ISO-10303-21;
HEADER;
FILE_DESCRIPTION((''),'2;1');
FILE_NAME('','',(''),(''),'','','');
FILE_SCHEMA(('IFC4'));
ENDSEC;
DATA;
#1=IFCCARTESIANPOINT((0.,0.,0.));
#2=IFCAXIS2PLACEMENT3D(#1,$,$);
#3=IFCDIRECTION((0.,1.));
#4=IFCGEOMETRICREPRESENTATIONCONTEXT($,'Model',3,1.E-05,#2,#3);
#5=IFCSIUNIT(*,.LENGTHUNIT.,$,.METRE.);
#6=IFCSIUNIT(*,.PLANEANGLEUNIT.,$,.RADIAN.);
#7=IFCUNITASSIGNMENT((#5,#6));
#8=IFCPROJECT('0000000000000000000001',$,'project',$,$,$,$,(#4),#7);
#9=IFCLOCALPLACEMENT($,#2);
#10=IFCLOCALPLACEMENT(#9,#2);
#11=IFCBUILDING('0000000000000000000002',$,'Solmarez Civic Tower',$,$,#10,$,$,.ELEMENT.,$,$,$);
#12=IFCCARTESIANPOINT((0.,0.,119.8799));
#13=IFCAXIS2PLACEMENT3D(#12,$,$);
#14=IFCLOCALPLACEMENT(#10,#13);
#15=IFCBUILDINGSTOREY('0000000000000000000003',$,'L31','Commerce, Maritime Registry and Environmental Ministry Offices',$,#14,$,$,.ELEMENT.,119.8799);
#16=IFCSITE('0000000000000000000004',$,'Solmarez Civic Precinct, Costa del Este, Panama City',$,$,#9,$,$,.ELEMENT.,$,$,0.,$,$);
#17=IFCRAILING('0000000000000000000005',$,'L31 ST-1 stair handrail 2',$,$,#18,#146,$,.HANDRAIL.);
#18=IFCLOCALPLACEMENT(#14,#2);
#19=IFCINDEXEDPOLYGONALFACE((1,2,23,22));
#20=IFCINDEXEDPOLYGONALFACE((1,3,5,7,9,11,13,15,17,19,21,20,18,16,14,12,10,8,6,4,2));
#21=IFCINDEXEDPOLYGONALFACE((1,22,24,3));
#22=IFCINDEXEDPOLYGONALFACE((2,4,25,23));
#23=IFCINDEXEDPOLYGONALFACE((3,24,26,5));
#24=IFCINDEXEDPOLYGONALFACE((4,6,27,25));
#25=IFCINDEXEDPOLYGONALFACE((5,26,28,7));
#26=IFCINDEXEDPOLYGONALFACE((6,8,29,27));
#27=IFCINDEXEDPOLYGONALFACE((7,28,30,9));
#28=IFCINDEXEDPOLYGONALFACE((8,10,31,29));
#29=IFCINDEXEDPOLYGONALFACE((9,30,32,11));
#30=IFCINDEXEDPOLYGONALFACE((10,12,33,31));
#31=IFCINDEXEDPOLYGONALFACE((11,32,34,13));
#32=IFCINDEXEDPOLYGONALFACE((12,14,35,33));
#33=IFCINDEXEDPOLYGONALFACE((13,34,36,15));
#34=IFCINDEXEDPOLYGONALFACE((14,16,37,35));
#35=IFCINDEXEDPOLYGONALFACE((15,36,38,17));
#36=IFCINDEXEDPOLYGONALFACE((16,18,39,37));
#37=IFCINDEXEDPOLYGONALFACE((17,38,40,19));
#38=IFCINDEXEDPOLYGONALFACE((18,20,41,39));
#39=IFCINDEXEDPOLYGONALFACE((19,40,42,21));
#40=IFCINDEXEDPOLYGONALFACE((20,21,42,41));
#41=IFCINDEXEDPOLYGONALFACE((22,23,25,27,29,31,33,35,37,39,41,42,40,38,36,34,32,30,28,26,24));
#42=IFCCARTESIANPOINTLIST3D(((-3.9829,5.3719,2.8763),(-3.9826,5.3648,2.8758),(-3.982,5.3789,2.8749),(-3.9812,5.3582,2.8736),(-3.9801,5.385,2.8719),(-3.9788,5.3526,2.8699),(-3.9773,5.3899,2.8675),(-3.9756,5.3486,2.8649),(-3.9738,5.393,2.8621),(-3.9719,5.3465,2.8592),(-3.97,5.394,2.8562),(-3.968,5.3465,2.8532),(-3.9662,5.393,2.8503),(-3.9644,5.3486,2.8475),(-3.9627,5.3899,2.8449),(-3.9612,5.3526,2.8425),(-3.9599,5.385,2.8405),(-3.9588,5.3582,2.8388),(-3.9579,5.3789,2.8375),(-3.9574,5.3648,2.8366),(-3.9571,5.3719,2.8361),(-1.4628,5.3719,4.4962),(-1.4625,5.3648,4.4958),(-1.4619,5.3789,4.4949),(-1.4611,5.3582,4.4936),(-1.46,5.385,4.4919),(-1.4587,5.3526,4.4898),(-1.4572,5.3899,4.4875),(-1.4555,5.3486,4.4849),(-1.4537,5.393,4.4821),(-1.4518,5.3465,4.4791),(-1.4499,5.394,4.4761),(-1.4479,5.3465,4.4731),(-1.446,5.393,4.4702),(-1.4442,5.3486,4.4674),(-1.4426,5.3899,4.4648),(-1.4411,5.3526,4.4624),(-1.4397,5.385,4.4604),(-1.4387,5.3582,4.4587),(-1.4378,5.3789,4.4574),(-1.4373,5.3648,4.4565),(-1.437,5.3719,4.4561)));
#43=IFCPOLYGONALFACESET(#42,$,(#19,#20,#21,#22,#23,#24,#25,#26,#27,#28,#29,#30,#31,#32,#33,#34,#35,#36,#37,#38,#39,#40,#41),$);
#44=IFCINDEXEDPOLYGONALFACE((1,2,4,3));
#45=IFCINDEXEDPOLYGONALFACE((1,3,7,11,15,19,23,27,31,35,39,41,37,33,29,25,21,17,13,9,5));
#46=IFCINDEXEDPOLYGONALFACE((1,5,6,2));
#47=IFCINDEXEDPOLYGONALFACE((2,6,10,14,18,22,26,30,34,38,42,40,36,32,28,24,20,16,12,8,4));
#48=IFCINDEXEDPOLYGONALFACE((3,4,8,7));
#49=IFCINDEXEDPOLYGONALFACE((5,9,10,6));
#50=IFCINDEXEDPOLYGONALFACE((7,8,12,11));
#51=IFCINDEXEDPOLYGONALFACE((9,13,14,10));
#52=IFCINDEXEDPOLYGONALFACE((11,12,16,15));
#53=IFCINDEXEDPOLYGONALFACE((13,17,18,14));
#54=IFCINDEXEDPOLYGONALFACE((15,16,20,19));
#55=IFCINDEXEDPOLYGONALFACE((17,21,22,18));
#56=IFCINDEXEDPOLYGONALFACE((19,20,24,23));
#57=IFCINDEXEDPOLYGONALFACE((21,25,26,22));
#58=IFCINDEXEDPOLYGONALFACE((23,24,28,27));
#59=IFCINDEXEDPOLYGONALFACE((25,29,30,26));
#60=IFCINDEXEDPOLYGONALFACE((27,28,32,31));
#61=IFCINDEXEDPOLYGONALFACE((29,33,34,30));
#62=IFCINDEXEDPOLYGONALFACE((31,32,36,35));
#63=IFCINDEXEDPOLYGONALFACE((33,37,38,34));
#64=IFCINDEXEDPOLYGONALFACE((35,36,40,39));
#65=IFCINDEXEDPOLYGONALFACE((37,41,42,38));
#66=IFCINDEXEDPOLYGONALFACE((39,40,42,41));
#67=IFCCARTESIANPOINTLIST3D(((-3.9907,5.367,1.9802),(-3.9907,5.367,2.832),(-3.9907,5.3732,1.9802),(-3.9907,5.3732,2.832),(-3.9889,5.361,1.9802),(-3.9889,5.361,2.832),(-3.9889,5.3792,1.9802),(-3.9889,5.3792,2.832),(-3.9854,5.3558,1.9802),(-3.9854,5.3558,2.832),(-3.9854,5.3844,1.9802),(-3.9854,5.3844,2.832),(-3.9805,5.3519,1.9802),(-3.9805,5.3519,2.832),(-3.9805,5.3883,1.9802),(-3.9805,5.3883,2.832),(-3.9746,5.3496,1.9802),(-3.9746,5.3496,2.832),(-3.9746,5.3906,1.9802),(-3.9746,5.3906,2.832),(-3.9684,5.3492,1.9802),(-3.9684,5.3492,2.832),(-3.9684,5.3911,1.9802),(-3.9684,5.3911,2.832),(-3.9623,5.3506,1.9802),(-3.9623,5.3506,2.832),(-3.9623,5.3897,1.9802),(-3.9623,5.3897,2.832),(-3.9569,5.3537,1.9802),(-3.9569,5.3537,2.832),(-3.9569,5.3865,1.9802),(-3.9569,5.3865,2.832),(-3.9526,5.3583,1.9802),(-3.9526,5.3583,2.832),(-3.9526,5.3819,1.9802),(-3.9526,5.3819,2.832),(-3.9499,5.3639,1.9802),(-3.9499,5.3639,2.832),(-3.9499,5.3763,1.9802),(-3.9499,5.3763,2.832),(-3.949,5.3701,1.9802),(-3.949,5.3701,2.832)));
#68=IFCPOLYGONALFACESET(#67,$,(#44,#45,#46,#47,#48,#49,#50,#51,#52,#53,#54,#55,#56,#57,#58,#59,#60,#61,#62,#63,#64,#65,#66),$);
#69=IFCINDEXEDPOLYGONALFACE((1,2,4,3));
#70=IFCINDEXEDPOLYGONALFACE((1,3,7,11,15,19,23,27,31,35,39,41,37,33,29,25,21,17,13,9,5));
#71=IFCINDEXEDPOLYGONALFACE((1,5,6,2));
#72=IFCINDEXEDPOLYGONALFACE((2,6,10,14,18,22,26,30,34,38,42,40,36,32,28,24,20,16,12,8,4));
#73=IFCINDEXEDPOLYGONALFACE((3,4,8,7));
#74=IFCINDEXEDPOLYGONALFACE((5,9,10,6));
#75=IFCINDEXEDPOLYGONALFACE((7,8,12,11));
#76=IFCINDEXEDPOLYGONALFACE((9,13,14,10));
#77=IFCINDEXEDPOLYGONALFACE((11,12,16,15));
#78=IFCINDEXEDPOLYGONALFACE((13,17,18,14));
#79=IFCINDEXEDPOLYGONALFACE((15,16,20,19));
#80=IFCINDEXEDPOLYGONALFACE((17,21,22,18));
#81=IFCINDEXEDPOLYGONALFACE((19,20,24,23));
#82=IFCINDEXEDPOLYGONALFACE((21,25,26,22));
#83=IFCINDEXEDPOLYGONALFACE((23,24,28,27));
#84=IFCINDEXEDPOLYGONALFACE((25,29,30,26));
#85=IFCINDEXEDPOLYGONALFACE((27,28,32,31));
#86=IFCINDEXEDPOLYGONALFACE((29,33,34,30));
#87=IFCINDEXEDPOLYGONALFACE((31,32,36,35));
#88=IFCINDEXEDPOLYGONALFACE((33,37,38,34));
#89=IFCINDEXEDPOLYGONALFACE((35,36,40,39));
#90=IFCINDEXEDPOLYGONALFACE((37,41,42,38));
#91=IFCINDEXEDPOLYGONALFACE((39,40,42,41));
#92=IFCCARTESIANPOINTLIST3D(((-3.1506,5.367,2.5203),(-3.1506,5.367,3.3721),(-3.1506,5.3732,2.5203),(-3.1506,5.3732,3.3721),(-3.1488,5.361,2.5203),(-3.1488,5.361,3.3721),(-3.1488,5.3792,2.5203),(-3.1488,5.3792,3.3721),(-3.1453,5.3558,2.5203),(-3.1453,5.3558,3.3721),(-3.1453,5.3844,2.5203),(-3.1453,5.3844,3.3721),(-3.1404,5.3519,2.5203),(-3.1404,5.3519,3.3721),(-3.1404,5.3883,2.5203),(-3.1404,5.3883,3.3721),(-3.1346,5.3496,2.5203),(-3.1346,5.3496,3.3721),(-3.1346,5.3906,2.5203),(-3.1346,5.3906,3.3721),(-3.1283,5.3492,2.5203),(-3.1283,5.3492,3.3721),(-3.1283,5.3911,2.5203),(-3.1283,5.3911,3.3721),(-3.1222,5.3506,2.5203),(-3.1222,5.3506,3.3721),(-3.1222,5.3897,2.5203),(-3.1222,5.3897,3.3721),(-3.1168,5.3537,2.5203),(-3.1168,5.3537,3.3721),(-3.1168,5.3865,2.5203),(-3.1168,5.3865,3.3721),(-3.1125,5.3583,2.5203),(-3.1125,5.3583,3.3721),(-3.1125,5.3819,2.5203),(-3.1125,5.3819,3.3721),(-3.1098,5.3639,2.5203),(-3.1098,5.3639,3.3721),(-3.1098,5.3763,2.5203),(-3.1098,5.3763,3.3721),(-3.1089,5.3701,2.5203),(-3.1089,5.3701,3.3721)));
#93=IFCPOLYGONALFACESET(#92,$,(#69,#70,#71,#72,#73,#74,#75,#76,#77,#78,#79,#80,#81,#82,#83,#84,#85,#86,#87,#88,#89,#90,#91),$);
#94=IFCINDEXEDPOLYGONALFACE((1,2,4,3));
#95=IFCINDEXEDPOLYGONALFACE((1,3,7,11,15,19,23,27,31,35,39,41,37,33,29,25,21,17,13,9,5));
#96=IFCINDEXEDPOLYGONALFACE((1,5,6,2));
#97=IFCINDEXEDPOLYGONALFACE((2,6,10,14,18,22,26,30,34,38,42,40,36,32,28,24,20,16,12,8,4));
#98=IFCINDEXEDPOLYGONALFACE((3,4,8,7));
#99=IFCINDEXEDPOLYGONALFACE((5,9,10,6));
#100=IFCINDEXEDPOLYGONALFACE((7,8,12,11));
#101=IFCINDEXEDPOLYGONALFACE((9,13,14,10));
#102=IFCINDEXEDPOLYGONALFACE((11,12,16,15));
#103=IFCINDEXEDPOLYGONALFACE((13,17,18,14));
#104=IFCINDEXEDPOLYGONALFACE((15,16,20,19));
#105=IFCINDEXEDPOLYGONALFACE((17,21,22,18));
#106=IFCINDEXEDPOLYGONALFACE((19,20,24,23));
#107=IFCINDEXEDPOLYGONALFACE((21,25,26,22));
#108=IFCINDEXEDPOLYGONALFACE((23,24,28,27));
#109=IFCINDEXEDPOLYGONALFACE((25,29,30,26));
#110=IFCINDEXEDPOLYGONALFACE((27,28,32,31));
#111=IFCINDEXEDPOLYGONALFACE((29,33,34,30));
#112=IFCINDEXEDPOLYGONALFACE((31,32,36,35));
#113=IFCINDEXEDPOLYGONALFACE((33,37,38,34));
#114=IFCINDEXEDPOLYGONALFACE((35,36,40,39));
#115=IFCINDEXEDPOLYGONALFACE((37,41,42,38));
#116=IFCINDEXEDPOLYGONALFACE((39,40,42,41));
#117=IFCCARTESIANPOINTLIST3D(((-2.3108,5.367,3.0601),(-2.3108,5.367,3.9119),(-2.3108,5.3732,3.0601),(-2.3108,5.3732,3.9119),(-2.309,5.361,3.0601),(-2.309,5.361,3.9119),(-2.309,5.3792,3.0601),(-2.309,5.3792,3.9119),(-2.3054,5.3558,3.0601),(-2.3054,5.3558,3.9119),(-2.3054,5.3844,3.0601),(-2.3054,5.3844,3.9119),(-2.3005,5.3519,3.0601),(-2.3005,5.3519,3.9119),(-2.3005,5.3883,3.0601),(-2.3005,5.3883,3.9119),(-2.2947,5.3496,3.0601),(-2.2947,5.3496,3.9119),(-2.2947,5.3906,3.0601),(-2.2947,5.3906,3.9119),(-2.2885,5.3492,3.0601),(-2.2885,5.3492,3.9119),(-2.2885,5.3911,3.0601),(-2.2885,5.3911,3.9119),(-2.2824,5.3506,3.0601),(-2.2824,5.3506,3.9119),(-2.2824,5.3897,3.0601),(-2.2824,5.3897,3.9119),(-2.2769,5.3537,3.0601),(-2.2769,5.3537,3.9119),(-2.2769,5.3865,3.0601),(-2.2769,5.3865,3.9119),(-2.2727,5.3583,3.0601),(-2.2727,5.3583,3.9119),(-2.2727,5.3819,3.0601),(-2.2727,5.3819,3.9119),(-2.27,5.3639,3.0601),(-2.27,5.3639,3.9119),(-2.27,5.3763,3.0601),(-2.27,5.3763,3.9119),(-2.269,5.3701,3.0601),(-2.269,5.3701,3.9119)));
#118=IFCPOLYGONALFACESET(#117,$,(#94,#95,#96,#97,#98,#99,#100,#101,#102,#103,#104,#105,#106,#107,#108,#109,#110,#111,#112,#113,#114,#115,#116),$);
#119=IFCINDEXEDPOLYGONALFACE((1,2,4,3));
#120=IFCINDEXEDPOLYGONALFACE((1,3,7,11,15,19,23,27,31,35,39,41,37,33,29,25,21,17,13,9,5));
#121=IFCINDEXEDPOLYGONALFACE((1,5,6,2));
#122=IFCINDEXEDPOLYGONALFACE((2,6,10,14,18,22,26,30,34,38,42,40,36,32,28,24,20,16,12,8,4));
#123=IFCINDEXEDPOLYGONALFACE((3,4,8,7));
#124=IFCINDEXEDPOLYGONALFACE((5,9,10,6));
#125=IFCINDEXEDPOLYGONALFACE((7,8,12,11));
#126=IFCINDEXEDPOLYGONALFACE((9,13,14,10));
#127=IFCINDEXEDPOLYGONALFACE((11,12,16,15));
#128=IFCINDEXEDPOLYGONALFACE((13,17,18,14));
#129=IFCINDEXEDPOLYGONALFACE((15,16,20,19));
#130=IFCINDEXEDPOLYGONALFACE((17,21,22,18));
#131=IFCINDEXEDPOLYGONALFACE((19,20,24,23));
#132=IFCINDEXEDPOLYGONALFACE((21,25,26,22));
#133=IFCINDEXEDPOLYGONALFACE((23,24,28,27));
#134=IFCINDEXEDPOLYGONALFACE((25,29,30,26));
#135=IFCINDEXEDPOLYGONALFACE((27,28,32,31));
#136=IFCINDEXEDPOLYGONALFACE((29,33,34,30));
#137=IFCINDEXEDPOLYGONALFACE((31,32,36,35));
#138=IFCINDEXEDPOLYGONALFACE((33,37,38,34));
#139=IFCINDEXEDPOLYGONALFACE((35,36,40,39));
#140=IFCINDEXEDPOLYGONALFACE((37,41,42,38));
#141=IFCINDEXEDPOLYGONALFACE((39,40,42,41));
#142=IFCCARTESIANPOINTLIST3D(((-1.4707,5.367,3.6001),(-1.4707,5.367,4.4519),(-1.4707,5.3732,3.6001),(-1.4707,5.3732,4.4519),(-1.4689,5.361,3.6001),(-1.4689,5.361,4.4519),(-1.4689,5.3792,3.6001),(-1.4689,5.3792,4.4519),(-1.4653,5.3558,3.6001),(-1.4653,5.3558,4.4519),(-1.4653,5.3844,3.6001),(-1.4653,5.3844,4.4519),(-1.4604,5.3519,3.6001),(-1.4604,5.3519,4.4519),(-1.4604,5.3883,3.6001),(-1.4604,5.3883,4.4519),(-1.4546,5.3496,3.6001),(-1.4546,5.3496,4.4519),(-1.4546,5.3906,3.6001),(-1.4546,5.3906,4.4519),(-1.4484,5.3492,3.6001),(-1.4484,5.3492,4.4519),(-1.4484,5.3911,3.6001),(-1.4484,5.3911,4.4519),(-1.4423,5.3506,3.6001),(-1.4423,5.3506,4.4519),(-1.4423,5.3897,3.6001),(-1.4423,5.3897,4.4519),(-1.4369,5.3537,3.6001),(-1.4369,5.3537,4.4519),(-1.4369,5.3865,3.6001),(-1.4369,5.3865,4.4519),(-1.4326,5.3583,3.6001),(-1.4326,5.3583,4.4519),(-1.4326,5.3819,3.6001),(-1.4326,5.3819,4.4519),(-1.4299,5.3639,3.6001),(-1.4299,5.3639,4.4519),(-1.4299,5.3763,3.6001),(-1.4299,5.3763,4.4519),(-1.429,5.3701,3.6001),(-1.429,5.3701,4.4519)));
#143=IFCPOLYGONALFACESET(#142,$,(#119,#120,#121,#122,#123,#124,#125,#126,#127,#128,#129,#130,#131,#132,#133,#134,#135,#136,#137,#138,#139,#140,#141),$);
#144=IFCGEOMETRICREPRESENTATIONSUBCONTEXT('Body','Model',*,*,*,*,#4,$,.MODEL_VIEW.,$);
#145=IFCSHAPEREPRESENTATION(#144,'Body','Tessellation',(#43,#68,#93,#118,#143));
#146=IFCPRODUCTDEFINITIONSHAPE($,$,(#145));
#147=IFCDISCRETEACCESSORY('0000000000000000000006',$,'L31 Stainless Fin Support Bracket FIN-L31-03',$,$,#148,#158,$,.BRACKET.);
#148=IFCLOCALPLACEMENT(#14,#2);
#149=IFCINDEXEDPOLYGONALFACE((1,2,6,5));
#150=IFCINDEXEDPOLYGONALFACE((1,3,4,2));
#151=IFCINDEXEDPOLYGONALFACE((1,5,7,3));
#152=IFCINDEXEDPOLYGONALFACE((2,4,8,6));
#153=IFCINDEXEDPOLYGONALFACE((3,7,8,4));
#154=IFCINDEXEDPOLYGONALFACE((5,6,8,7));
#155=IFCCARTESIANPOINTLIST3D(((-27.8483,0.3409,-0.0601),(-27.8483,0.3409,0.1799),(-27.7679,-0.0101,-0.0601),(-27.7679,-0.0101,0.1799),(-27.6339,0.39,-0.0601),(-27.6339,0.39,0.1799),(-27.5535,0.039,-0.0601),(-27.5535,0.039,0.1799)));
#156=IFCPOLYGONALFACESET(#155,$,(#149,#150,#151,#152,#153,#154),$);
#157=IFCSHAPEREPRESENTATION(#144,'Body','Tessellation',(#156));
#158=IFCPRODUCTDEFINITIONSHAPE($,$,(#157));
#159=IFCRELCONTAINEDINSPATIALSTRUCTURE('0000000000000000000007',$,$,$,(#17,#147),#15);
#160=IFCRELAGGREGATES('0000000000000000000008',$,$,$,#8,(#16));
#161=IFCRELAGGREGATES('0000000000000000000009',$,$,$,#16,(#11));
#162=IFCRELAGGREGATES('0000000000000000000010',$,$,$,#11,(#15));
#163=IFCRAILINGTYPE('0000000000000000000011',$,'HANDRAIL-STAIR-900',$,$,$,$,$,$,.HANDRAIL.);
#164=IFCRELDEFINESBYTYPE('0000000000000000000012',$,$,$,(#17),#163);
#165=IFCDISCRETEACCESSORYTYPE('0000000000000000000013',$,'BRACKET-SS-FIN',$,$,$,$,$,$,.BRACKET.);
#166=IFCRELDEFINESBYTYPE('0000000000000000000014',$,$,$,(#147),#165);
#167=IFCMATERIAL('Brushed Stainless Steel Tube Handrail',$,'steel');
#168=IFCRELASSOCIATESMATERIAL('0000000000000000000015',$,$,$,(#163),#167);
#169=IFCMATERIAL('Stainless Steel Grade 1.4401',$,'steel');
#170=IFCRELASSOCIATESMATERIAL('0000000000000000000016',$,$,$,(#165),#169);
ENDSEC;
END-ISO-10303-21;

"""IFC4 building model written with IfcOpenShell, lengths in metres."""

from ifc_helpers import new_model, si_unit, direction, frame, origin, origin_2d, place, context, subcontext, project, spatial, rectangle, circle, extrude, material, type_object, element, save


model = new_model("IFC4")

# Units and contexts
model_context = context("Model", 3, precision=1e-05, world=origin(), true_north=direction((0.0, 1.0)))
body_context = subcontext(model_context, "Body", "Model", "MODEL_VIEW")
ifc_project = project(units=[si_unit("LENGTHUNIT", "METRE"), si_unit("PLANEANGLEUNIT", "RADIAN")], contexts=[model_context])

# Site, building, storey
site_placement = place(None, origin())
site = spatial("IfcSite", under=ifc_project, at=site_placement, Name="Solmarez Civic Precinct, Costa del Este, Panama City", CompositionType="ELEMENT", RefElevation=0.0)
building_placement = place(site_placement, origin())
building = spatial("IfcBuilding", under=site, at=building_placement, Name="Solmarez Civic Tower", CompositionType="ELEMENT")
storey_placement = place(building_placement, frame((0.0, 0.0, 119.8799)))
storey = spatial("IfcBuildingStorey", under=building, at=storey_placement, Name="L31", Description="Commerce, Maritime Registry and Environmental Ministry Offices", CompositionType="ELEMENT", Elevation=119.8799)

# Railing
ifc_material_1 = material(Name="Brushed Stainless Steel Tube Handrail", Category="steel")
railing_type_1 = type_object("IfcRailingType", Name="HANDRAIL-STAIR-900", PredefinedType="HANDRAIL", material=ifc_material_1)
railing_1_placement = place(storey_placement, frame((-3.97, 5.3701, 1.9802)))
element("IfcRailing", 1, at=railing_1_placement, inside=storey, type_object=railing_type_1, Name="L31 ST-1 stair handrail 2", PredefinedType="HANDRAIL", context=body_context, shape_type="SweptSolid", body=[
    extrude(circle(Radius=0.0239, at=origin_2d()), frame((0.0, 0.0, 0.876), z_axis=(0.8412, 0.0, 0.540725), x_axis=(0.0, 1.0, 0.0)), (0.0, 0.0, 1.0), 2.9958),
    extrude(circle(Radius=0.021, at=origin_2d()), origin(), (0.0, 0.0, 1.0), 0.8518),
    extrude(circle(Radius=0.021, at=origin_2d()), frame((0.8401, 0.0, 0.54)), (0.0, 0.0, 1.0), 0.8518),
    extrude(circle(Radius=0.021, at=origin_2d()), frame((1.6799, 0.0, 1.0798)), (0.0, 0.0, 1.0), 0.8518),
    extrude(circle(Radius=0.021, at=origin_2d()), frame((2.52, 0.0, 1.6199)), (0.0, 0.0, 1.0), 0.8518),
])

# Discrete accessory
ifc_material_2 = material(Name="Stainless Steel Grade 1.4401", Category="steel")
discrete_accessory_type = type_object("IfcDiscreteAccessoryType", Name="BRACKET-SS-FIN", PredefinedType="BRACKET", material=ifc_material_2)
discrete_accessory_placement = place(storey_placement, frame((-27.7009, 0.1899, -0.0601), z_axis=(0.0, 0.0, 1.0), x_axis=(-0.223234, 0.974765, 0.0)))
element("IfcDiscreteAccessory", 2, at=discrete_accessory_placement, inside=storey, type_object=discrete_accessory_type, Name="L31 Stainless Fin Support Bracket FIN-L31-03", PredefinedType="BRACKET", context=body_context, shape_type="SweptSolid", body=[
    extrude(rectangle(XDim=0.3601, YDim=0.22, at=origin_2d()), origin(), (0.0, 0.0, 1.0), 0.24),
])

save(model, "model.ifc")
